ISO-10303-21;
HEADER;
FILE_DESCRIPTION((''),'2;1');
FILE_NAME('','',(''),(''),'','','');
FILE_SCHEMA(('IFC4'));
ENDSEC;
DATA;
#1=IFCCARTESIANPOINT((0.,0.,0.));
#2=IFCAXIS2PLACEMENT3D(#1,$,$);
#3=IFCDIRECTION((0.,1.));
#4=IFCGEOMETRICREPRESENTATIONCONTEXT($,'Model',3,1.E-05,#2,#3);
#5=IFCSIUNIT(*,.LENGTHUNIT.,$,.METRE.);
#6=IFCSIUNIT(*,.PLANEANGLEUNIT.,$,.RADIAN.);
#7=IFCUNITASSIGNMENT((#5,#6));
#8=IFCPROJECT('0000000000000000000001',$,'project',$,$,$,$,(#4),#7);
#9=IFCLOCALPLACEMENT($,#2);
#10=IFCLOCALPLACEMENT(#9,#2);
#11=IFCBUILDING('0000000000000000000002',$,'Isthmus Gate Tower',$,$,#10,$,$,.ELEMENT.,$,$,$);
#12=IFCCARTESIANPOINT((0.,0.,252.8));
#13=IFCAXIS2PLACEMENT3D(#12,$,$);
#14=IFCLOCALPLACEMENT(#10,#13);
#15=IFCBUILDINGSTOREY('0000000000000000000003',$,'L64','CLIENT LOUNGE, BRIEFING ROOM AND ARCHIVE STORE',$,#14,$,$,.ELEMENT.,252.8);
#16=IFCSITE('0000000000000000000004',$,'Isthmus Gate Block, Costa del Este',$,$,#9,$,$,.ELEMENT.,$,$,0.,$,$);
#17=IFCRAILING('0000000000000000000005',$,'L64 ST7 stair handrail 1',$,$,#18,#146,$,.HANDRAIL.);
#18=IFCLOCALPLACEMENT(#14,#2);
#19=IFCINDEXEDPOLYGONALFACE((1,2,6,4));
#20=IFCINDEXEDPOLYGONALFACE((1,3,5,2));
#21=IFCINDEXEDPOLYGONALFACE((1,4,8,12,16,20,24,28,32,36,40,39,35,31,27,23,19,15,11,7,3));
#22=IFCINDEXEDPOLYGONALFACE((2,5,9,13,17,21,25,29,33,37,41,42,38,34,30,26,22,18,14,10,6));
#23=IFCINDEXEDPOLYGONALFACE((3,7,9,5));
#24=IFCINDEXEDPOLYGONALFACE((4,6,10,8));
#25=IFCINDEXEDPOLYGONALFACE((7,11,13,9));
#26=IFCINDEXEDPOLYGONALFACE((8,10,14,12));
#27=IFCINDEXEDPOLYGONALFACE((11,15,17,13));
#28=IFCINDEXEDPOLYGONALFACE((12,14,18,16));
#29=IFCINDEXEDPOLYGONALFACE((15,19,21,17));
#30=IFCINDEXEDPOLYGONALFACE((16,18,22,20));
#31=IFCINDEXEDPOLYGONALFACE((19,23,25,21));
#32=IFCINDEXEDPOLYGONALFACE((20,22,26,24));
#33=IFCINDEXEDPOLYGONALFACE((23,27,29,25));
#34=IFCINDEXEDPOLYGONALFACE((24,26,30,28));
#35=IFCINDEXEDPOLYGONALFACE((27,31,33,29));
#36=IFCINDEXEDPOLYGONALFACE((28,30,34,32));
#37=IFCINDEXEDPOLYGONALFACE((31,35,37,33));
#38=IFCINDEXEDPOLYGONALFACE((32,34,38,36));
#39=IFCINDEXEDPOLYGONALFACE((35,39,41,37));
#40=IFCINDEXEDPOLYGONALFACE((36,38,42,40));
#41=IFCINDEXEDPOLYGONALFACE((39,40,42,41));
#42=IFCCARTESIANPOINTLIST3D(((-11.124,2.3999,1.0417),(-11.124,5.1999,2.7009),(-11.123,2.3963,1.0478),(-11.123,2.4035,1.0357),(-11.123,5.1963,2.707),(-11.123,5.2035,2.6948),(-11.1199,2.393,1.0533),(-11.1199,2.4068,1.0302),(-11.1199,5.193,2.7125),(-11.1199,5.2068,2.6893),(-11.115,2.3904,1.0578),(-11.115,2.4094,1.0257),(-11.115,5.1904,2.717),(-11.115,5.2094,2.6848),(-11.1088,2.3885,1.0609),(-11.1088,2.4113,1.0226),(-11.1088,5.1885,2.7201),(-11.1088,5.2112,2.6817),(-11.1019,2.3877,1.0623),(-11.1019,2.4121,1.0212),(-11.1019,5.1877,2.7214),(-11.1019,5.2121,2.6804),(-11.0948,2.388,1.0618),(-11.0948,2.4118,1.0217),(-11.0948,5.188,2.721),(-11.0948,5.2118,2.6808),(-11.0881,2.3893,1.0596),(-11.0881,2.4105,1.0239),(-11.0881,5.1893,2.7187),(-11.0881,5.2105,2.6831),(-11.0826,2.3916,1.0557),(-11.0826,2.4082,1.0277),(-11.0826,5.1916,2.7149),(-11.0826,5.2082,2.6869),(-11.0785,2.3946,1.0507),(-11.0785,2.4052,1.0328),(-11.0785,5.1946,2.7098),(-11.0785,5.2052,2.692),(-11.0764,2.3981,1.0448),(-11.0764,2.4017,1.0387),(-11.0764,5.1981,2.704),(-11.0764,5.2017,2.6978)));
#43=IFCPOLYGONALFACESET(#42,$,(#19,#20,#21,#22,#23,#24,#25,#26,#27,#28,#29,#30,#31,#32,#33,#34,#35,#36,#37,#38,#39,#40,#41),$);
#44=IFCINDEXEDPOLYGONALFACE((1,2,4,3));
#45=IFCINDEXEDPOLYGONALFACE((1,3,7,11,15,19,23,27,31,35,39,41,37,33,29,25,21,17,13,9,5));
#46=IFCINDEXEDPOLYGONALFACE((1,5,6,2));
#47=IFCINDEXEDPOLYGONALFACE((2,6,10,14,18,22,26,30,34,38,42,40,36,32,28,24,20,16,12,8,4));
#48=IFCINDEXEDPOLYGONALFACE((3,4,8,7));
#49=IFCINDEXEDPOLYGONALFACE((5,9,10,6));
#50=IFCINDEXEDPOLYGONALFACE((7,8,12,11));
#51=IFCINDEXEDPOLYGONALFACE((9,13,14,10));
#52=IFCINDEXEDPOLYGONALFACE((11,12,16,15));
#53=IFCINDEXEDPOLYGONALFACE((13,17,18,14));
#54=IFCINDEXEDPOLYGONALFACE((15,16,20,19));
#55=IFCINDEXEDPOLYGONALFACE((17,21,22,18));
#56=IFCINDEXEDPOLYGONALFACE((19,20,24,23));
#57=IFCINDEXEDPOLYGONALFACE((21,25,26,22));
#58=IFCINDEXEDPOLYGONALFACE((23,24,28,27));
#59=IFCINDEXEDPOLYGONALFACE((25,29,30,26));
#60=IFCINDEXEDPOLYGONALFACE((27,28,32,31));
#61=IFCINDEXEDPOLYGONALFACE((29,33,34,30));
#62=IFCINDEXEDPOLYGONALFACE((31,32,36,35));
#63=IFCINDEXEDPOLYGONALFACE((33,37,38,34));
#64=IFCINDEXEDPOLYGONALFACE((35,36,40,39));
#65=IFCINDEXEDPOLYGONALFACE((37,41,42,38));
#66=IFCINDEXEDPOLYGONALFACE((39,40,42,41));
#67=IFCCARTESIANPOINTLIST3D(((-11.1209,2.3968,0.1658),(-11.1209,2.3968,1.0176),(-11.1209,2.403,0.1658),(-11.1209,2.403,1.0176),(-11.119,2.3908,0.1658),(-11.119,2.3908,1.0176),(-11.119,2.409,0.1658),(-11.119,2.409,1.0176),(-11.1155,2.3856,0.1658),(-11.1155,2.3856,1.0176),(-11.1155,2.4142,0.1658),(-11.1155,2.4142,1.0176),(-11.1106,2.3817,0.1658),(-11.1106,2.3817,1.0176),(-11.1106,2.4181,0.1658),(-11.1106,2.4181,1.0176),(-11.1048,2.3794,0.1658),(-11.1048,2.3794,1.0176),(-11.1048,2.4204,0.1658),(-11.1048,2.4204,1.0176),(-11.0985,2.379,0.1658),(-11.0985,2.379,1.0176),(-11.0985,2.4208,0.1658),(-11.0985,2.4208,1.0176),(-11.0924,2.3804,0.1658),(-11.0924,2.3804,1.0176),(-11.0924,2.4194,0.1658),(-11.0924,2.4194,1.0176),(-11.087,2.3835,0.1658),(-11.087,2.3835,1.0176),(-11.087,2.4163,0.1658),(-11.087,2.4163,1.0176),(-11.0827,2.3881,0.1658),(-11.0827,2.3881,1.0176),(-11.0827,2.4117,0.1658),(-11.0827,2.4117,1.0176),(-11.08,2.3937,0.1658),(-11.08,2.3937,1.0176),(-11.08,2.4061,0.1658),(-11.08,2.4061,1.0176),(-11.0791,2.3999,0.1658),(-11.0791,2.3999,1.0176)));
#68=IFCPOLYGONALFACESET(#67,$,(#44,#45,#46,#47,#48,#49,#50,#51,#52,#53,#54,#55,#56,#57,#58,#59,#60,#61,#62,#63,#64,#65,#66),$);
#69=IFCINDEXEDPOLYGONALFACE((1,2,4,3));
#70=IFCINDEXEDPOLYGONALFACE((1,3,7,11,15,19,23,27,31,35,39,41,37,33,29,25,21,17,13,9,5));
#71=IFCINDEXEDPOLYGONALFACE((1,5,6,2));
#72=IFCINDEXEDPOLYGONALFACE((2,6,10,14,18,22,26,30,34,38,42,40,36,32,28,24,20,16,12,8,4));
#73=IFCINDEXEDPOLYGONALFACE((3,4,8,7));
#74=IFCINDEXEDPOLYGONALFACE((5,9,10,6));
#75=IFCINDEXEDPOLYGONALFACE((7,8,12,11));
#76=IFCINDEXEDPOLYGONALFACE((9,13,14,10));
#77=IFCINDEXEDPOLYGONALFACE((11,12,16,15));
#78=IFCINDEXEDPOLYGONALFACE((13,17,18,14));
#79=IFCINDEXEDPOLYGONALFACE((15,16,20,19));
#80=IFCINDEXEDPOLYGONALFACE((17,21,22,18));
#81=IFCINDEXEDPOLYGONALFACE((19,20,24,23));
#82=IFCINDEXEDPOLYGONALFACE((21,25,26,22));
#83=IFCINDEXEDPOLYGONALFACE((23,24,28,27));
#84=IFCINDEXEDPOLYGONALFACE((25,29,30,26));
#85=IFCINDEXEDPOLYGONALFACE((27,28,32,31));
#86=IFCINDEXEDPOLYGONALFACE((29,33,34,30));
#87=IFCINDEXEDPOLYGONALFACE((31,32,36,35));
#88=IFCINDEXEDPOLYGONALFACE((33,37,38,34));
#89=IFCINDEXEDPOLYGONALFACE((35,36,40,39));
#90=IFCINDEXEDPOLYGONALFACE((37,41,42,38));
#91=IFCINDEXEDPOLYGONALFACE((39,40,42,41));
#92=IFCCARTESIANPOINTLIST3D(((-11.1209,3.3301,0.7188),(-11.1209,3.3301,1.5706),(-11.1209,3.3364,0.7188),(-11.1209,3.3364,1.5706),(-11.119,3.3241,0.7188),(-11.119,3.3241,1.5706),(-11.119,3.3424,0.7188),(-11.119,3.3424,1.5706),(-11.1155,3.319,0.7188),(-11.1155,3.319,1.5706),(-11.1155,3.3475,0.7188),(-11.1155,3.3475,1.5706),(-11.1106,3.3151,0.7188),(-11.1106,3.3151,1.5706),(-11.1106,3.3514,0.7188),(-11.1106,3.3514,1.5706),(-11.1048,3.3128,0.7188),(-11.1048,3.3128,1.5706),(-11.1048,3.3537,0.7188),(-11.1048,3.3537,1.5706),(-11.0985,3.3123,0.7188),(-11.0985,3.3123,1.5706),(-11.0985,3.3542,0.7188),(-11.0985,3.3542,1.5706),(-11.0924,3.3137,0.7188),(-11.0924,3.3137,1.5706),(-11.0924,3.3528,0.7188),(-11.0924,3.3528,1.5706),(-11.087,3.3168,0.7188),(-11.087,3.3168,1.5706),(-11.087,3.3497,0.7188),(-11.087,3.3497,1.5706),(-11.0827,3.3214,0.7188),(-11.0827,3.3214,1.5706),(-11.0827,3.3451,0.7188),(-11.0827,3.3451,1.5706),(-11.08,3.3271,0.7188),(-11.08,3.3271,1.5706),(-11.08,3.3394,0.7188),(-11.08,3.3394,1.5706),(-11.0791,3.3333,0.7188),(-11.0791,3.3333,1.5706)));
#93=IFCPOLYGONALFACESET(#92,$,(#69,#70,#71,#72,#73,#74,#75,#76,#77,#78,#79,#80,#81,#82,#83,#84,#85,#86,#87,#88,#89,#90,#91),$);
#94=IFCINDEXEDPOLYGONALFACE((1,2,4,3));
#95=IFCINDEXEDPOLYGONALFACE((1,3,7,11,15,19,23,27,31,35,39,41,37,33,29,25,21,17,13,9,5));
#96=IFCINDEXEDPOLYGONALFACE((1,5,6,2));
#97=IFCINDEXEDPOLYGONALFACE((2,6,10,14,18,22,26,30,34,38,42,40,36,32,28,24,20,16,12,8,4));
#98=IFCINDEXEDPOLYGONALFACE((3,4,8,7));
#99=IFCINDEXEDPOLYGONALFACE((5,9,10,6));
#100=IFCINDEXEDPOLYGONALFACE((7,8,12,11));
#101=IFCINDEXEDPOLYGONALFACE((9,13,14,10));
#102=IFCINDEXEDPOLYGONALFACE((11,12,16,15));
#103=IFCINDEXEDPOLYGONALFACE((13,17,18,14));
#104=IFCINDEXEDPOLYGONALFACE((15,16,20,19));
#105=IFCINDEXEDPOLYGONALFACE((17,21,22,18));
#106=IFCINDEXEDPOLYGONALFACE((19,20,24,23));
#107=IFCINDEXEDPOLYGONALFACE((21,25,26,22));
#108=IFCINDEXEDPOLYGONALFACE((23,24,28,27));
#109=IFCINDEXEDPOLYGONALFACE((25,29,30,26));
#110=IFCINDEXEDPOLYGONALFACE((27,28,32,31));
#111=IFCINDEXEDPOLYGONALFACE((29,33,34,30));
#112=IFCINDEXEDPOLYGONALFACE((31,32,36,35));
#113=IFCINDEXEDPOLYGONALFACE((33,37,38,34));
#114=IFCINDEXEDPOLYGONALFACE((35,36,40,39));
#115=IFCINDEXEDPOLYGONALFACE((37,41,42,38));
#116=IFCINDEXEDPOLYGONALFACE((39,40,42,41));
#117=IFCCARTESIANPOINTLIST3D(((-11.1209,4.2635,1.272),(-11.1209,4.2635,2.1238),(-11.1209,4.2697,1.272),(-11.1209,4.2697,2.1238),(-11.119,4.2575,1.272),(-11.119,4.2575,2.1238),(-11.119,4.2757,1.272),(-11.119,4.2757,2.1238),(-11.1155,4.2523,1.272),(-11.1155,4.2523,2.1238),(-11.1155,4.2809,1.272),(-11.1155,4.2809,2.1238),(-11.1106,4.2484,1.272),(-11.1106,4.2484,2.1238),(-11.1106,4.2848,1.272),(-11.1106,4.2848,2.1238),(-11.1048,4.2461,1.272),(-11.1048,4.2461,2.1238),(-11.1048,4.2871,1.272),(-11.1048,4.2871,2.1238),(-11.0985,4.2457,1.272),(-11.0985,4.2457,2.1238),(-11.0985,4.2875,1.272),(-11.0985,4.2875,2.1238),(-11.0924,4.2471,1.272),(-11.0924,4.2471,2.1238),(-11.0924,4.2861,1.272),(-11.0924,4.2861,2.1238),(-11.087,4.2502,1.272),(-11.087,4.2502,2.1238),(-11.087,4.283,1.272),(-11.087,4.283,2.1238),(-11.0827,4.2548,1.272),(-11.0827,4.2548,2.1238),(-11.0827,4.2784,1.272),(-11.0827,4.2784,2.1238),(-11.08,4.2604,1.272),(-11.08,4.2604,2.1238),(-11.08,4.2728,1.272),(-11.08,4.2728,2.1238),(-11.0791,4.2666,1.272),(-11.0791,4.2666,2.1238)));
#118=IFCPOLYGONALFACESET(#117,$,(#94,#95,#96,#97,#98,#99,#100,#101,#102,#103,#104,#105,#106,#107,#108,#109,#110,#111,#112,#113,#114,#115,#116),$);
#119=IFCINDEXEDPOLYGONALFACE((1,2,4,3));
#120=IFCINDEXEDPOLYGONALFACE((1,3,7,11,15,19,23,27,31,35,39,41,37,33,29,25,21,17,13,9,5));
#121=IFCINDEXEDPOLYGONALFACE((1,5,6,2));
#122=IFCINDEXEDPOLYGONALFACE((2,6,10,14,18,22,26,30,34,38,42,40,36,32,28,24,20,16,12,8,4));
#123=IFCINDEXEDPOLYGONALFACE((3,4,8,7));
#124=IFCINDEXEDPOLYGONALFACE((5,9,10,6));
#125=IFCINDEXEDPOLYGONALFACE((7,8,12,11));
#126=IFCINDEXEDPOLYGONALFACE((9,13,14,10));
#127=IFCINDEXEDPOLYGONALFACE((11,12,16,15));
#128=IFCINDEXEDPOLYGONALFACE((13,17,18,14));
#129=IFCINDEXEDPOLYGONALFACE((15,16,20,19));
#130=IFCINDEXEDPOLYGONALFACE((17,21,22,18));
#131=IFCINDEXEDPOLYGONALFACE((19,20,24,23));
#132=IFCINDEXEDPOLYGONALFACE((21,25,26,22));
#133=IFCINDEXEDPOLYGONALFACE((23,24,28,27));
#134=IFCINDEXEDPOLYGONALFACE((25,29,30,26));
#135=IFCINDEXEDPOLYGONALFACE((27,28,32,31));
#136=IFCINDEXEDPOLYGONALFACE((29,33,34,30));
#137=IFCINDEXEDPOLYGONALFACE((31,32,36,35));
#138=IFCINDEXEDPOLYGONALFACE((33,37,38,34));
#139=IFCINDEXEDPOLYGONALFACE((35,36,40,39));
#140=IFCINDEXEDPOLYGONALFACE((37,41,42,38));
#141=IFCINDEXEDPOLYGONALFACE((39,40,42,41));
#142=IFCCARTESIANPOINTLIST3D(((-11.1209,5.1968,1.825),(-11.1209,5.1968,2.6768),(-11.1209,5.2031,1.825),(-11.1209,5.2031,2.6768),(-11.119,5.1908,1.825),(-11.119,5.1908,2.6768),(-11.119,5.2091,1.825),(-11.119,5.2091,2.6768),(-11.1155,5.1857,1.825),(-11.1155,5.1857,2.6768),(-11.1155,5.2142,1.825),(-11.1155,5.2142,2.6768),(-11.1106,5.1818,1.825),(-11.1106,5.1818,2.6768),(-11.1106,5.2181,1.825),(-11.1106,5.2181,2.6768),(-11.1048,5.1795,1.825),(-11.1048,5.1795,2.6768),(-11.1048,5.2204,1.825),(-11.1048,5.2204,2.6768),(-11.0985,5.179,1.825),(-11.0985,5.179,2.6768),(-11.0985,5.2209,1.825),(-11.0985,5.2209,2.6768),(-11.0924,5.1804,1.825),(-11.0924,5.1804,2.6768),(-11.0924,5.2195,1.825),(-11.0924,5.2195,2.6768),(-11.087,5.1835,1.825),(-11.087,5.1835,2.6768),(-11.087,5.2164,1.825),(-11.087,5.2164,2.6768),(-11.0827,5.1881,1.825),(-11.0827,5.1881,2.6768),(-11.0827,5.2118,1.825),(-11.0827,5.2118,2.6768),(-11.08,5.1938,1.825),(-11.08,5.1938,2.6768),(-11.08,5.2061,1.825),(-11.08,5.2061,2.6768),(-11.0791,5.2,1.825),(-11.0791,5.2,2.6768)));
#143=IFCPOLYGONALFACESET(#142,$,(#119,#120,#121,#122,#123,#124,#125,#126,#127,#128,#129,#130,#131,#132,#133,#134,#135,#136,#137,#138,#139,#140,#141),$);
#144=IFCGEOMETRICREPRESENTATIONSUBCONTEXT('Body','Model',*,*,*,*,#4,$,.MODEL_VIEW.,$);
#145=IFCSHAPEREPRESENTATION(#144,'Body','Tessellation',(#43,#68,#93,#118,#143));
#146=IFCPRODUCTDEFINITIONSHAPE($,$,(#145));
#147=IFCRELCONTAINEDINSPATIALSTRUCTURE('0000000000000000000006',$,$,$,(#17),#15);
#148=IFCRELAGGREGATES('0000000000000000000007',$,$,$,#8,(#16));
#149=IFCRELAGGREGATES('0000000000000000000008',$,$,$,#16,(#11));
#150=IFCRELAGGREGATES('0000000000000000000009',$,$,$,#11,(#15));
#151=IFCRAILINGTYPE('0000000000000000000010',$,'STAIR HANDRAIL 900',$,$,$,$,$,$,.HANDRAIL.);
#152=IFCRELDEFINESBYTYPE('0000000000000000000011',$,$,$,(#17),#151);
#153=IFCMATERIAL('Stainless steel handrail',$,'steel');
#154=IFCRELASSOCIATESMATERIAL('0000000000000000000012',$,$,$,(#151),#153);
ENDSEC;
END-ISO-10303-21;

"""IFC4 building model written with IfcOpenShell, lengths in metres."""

from ifc_helpers import new_model, si_unit, direction, frame, origin, origin_2d, place, context, subcontext, project, spatial, circle, extrude, material, type_object, element, save


model = new_model("IFC4")

# Units and contexts
model_context = context("Model", 3, precision=1e-05, world=origin(), true_north=direction((0.0, 1.0)))
body_context = subcontext(model_context, "Body", "Model", "MODEL_VIEW")
ifc_project = project(units=[si_unit("LENGTHUNIT", "METRE"), si_unit("PLANEANGLEUNIT", "RADIAN")], contexts=[model_context])

# Site, building, storey
site_placement = place(None, origin())
site = spatial("IfcSite", under=ifc_project, at=site_placement, Name="Isthmus Gate Block, Costa del Este", CompositionType="ELEMENT", RefElevation=0.0)
building_placement = place(site_placement, origin())
building = spatial("IfcBuilding", under=site, at=building_placement, Name="Isthmus Gate Tower", CompositionType="ELEMENT")
storey_placement = place(building_placement, frame((0.0, 0.0, 252.8)))
storey = spatial("IfcBuildingStorey", under=building, at=storey_placement, Name="L64", Description="CLIENT LOUNGE, BRIEFING ROOM AND ARCHIVE STORE", CompositionType="ELEMENT", Elevation=252.8)

# Railing
ifc_material_1 = material(Name="Stainless steel handrail", Category="steel")
railing_type_1 = type_object("IfcRailingType", Name="STAIR HANDRAIL 900", PredefinedType="HANDRAIL", material=ifc_material_1)
railing_1_placement = place(storey_placement, frame((-11.1001, 2.3999, 0.1658)))
element("IfcRailing", 1, at=railing_1_placement, inside=storey, type_object=railing_type_1, Name="L64 ST7 stair handrail 1", PredefinedType="HANDRAIL", context=body_context, shape_type="SweptSolid", body=[
    extrude(circle(Radius=0.0239, at=origin_2d()), frame((0.0, 0.0, 0.876), z_axis=(0.0, 0.860306, 0.509778), x_axis=(-1.0, 0.0, 0.0)), (0.0, 0.0, 1.0), 3.2546),
    extrude(circle(Radius=0.021, at=origin_2d()), origin(), (0.0, 0.0, 1.0), 0.8518),
    extrude(circle(Radius=0.021, at=origin_2d()), frame((0.0, 0.9333, 0.553)), (0.0, 0.0, 1.0), 0.8518),
    extrude(circle(Radius=0.021, at=origin_2d()), frame((0.0, 1.8667, 1.1062)), (0.0, 0.0, 1.0), 0.8518),
    extrude(circle(Radius=0.021, at=origin_2d()), frame((0.0, 2.8, 1.6592)), (0.0, 0.0, 1.0), 0.8518),
])

save(model, "model.ifc")
